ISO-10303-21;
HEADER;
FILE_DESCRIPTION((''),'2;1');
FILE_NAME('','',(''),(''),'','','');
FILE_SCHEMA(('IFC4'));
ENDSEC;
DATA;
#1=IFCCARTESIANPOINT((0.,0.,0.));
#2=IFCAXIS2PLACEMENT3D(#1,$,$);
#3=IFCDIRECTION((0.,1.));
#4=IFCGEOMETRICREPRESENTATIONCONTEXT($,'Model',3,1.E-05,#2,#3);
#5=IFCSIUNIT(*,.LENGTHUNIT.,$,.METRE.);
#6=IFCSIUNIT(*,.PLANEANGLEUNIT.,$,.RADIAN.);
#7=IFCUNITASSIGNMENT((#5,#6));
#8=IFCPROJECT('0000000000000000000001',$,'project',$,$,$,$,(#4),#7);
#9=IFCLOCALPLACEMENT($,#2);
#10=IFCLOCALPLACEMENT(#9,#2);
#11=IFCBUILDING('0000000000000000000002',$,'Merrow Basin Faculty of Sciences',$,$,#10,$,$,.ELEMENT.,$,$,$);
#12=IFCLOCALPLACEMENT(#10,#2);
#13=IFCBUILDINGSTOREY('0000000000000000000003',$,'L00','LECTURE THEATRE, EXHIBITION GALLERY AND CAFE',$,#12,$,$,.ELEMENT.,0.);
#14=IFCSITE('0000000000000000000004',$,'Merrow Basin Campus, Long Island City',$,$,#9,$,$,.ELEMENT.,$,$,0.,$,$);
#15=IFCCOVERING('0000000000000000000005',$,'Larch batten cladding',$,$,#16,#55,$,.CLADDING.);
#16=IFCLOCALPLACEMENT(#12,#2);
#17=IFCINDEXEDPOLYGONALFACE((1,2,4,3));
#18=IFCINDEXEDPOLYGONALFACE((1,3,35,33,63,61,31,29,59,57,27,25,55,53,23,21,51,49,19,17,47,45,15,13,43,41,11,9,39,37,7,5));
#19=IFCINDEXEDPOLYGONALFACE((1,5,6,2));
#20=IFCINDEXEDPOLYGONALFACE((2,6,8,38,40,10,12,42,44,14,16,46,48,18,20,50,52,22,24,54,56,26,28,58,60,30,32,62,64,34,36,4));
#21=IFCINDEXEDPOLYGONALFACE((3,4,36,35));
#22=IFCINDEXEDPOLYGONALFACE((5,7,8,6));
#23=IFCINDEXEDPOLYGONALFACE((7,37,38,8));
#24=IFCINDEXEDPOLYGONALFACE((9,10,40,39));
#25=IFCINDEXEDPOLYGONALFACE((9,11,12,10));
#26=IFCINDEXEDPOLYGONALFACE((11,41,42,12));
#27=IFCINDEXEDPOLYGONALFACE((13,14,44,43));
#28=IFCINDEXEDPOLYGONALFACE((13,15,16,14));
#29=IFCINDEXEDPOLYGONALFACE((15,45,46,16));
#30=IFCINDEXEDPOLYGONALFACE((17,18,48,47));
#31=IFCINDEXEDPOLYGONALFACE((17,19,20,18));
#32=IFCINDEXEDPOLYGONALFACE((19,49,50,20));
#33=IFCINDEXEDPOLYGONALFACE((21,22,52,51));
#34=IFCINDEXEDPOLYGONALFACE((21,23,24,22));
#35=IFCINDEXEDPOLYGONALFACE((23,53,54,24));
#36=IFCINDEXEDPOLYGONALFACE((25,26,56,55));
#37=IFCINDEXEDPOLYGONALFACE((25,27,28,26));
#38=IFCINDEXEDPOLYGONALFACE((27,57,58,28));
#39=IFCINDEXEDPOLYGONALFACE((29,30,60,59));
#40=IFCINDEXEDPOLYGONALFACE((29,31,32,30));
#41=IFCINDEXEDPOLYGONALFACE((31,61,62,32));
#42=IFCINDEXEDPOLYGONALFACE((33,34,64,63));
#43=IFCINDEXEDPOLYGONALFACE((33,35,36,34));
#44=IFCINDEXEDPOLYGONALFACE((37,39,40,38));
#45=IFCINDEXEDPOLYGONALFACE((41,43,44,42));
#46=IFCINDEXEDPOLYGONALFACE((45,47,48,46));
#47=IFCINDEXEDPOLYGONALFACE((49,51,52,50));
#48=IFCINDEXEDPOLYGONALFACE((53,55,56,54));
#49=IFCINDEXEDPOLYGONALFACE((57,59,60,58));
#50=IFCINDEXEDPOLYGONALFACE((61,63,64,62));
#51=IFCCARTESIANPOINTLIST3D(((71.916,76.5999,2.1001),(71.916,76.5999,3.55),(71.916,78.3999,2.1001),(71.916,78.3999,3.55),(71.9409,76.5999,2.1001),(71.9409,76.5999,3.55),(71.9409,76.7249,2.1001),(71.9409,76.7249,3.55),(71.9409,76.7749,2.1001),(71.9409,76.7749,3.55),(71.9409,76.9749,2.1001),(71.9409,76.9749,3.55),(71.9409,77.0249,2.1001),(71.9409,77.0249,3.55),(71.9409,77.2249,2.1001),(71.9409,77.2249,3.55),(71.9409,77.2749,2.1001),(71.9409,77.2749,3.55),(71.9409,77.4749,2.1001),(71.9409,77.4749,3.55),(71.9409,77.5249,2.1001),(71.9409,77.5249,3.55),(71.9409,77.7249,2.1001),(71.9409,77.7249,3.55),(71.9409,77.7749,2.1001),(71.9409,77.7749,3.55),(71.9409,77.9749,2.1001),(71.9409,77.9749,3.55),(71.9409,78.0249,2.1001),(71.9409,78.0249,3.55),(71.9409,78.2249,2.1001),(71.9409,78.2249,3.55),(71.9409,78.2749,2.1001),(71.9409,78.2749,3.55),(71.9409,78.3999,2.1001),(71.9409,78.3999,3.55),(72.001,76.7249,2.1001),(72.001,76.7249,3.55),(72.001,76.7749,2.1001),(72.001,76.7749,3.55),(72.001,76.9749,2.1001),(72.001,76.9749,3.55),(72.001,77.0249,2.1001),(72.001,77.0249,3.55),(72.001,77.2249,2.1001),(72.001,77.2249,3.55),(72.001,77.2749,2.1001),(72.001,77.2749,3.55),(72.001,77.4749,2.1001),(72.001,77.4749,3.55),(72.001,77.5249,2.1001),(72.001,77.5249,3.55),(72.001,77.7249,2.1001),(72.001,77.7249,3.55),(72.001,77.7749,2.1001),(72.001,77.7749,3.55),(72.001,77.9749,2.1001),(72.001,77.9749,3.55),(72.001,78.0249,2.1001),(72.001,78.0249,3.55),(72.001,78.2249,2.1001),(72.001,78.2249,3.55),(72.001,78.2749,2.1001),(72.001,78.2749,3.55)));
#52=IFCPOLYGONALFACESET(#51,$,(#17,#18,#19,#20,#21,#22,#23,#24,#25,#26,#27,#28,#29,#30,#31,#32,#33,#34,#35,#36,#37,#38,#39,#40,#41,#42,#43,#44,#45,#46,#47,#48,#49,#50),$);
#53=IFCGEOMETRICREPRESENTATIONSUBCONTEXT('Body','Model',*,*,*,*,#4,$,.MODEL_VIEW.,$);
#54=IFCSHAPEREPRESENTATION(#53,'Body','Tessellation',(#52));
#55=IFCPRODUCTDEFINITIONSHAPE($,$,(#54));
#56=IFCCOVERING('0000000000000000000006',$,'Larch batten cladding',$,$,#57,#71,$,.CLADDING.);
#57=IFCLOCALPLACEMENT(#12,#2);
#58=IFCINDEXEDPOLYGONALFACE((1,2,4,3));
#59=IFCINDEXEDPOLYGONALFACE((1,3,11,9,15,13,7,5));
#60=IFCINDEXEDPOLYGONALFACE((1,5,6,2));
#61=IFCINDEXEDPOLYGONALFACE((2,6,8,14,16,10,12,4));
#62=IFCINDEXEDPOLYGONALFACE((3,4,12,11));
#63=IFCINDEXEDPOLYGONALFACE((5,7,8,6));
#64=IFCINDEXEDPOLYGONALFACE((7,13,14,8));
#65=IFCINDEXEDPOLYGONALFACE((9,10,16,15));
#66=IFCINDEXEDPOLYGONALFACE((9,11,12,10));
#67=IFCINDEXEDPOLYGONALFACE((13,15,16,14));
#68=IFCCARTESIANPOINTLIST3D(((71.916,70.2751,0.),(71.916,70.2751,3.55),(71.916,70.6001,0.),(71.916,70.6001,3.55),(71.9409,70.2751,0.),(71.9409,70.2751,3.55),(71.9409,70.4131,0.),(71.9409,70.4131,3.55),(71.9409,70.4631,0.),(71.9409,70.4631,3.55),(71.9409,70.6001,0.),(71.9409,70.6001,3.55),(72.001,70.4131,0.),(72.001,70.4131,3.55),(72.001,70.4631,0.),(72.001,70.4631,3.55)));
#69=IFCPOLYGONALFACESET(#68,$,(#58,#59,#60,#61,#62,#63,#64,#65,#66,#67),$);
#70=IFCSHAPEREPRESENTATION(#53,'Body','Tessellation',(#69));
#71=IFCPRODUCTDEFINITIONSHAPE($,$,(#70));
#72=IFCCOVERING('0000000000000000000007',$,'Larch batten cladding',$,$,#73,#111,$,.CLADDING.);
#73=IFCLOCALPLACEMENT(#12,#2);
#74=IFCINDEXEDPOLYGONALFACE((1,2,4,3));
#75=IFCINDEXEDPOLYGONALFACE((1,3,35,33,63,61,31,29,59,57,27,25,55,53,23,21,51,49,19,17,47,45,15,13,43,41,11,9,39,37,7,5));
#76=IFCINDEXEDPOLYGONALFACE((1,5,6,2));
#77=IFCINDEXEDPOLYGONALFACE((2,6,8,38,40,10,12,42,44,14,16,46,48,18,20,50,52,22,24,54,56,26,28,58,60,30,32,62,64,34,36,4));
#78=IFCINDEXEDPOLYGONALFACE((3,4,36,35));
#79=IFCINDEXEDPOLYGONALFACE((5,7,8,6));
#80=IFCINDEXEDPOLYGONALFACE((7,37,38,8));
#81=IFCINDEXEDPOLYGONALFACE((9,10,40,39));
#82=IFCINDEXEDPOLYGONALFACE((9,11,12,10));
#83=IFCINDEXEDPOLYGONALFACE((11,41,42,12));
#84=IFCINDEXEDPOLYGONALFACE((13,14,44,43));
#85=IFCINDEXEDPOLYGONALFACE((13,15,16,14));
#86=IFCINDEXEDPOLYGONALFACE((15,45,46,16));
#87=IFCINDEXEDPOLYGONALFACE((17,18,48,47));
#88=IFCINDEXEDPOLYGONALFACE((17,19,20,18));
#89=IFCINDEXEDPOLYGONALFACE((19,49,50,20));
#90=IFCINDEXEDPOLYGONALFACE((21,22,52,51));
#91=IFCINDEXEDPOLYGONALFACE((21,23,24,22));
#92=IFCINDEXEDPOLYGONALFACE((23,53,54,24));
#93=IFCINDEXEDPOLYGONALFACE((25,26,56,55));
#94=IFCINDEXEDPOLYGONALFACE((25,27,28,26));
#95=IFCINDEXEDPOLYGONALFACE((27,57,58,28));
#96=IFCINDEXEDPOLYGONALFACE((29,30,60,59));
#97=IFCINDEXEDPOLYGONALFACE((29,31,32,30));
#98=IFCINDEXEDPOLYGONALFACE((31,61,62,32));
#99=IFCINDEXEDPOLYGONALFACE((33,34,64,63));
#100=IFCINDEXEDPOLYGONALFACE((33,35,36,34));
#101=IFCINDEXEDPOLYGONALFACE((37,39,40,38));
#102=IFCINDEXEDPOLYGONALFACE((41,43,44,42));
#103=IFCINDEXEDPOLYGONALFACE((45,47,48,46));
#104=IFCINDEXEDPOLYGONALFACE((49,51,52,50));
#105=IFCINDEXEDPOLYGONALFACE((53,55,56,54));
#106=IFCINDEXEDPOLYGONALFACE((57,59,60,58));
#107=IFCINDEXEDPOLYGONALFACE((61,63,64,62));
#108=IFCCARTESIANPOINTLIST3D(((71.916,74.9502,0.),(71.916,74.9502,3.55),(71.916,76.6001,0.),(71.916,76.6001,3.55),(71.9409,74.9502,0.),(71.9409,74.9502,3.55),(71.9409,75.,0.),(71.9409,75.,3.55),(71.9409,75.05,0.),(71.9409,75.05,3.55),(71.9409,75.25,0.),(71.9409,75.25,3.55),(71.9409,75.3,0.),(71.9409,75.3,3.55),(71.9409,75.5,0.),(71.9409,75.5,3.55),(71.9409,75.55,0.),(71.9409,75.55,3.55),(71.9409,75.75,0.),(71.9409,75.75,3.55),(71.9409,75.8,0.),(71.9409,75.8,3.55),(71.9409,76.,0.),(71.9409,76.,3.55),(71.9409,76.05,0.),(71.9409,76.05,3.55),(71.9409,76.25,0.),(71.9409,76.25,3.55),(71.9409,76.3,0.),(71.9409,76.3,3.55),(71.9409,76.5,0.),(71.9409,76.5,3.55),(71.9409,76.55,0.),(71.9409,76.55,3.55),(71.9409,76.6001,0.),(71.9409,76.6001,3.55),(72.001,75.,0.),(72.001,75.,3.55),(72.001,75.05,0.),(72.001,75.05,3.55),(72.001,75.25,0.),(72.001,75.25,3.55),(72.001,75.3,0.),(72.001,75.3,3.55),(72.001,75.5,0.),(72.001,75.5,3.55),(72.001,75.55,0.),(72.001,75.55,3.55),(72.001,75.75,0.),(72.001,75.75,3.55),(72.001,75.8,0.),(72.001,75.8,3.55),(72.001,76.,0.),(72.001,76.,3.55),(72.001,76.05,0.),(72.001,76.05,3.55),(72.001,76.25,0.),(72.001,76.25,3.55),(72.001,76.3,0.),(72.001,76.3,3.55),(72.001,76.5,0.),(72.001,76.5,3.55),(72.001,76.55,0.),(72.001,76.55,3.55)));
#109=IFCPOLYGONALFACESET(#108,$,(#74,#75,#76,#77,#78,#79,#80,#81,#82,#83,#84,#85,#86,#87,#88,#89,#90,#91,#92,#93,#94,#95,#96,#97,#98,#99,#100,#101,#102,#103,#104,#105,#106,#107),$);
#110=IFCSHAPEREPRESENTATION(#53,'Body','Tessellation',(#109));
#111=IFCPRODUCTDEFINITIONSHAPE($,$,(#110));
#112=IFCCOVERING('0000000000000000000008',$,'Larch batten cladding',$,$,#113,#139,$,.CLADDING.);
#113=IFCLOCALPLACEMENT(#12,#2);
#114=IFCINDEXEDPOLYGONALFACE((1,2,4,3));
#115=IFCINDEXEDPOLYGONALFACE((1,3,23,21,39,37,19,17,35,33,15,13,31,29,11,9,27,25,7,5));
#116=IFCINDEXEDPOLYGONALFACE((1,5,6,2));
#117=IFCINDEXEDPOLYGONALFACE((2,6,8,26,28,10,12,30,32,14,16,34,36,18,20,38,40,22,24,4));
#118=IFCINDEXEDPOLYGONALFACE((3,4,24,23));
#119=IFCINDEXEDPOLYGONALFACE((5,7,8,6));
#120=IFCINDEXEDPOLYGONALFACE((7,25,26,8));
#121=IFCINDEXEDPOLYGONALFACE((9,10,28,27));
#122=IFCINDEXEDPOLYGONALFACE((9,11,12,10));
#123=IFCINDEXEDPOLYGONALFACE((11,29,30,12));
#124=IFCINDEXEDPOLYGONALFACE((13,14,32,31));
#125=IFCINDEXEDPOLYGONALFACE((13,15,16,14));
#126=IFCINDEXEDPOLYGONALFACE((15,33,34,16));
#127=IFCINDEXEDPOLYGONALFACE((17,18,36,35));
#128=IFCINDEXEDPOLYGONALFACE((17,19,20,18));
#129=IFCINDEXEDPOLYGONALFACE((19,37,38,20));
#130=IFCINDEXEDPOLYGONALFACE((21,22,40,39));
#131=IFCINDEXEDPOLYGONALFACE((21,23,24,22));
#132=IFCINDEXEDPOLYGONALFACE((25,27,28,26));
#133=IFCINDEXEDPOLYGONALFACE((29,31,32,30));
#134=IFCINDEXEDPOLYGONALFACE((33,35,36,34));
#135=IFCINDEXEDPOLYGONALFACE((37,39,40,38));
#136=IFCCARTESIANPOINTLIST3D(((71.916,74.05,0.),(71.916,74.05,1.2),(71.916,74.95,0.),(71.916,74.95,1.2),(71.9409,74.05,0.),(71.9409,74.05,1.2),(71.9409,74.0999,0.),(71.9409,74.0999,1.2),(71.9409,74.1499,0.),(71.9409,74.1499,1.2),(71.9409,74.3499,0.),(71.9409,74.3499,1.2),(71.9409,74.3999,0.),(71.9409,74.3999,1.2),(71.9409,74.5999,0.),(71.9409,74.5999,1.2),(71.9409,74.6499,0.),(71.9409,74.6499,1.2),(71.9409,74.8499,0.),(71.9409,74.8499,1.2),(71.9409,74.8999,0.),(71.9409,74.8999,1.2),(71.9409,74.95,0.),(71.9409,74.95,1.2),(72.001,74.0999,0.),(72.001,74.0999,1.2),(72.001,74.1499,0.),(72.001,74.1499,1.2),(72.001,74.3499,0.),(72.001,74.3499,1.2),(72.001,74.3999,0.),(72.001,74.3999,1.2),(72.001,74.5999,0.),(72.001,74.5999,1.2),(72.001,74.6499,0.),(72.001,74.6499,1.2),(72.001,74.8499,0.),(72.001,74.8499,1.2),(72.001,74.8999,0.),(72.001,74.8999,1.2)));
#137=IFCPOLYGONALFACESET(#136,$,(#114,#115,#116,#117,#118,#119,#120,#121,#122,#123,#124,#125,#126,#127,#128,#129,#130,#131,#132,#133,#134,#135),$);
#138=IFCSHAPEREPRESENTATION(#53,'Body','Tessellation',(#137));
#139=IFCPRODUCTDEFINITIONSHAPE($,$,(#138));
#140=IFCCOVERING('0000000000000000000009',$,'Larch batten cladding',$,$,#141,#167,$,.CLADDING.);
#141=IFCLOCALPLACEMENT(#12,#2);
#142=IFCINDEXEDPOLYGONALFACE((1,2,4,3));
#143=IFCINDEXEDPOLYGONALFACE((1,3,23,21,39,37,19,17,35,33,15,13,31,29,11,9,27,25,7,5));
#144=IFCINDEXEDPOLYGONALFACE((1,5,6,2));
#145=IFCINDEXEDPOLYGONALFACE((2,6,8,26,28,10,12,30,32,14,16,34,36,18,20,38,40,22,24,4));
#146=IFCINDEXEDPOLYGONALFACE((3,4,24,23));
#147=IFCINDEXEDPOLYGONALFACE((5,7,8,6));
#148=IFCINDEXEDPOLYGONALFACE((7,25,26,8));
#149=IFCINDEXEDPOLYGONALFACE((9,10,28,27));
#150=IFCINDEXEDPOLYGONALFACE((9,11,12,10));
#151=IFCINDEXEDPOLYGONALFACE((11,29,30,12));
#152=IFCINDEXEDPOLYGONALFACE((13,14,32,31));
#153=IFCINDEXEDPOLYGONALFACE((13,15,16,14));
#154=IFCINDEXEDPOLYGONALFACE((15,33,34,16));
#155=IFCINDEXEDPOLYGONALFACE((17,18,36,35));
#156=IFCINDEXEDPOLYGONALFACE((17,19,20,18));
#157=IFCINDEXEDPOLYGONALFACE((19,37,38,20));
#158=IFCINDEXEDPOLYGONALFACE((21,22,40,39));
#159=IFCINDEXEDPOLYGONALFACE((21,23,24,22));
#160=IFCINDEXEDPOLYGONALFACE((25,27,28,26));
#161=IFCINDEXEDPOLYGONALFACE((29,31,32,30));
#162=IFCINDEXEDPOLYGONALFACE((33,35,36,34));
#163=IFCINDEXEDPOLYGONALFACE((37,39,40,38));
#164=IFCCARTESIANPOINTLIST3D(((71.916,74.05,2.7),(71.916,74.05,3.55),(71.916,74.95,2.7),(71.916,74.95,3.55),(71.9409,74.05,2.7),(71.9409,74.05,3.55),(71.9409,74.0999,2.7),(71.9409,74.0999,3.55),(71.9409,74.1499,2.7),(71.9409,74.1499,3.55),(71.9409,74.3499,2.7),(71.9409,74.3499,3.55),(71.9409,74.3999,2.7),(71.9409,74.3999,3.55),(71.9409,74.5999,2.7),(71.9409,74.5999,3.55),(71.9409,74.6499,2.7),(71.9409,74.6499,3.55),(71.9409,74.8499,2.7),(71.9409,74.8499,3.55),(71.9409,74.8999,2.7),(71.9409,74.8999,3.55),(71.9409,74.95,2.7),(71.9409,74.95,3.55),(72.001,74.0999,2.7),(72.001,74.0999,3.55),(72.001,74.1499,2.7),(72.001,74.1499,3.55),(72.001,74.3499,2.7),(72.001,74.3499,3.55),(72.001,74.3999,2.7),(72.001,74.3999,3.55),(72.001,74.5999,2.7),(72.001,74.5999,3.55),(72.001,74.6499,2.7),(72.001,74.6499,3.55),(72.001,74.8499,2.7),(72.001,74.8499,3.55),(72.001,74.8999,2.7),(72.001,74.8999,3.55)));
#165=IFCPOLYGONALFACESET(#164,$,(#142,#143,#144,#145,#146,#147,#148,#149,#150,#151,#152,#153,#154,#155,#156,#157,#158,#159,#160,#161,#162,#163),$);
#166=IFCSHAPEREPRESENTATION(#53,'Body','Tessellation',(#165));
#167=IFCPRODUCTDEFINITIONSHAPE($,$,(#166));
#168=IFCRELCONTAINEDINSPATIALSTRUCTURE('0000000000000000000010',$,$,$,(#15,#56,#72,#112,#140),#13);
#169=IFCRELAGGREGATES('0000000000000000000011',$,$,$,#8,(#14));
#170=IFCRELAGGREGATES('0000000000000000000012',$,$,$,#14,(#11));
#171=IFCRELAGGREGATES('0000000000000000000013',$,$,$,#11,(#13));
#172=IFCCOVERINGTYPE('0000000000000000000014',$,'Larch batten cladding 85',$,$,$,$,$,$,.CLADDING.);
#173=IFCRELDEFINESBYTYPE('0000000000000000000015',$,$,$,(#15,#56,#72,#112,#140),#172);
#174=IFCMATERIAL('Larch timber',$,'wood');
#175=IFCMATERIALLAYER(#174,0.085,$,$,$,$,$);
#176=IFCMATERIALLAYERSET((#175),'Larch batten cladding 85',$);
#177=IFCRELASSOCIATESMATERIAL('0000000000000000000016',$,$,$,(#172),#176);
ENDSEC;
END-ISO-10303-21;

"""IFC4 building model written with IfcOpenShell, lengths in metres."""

from ifc_helpers import new_model, si_unit, direction, frame, origin, place, context, subcontext, project, spatial, polyline, outline, extrude, source, transform, mapped, material, layer, layer_set, type_object, element, save


model = new_model("IFC4")

# Units and contexts
model_context = context("Model", 3, precision=1e-05, world=origin(), true_north=direction((0.0, 1.0)))
body_context = subcontext(model_context, "Body", "Model", "MODEL_VIEW")
ifc_project = project(units=[si_unit("LENGTHUNIT", "METRE"), si_unit("PLANEANGLEUNIT", "RADIAN")], contexts=[model_context])

# Site, building, storey
site_placement = place(None, origin())
site = spatial("IfcSite", under=ifc_project, at=site_placement, Name="Merrow Basin Campus, Long Island City", CompositionType="ELEMENT", RefElevation=0.0)
building_placement = place(site_placement, origin())
building = spatial("IfcBuilding", under=site, at=building_placement, Name="Merrow Basin Faculty of Sciences", CompositionType="ELEMENT")
storey_placement = place(building_placement, origin())
storey = spatial("IfcBuildingStorey", under=building, at=storey_placement, Name="L00", Description="LECTURE THEATRE, EXHIBITION GALLERY AND CAFE", CompositionType="ELEMENT", Elevation=0.0)

# Coverings
ifc_material_1 = material(Name="Larch timber", Category="wood")
ifc_layer_1 = layer(ifc_material_1, 0.085)
ifc_layer_set_1 = layer_set([ifc_layer_1], Name="Larch batten cladding 85")
covering_type = type_object("IfcCoveringType", Name="Larch batten cladding 85", PredefinedType="CLADDING", material=ifc_layer_set_1)
shared_shape_1 = source(origin(), body_context, "Body", "SweptSolid", [
    extrude(outline(polyline([(0.0, 0.0), (1.8, 0.0), (1.8, 0.0249), (1.675, 0.0249), (1.675, 0.085), (1.625, 0.085), (1.625, 0.0249), (1.425, 0.0249), (1.425, 0.085), (1.375, 0.085), (1.375, 0.0249), (1.175, 0.0249), (1.175, 0.085), (1.125, 0.085), (1.125, 0.0249), (0.925, 0.0249), (0.925, 0.085), (0.875, 0.085), (0.875, 0.0249), (0.675, 0.0249), (0.675, 0.085), (0.625, 0.085), (0.625, 0.0249), (0.425, 0.0249), (0.425, 0.085), (0.375, 0.085), (0.375, 0.0249), (0.175, 0.0249), (0.175, 0.085), (0.125, 0.085), (0.125, 0.0249), (0.0, 0.0249), (0.0, 0.0)])), origin(), (0.0, 0.0, 1.0), 1.45),
])
for number, where, z_axis, x_axis, name in (
    (1, (71.916, 78.3999, 2.1001), (0.0, 0.0, 1.0), (0.0, -1.0, 0.0), "Larch batten cladding"),
):
    element("IfcCovering", number, at=place(storey_placement, frame(where, z_axis=z_axis, x_axis=x_axis)), inside=storey, type_object=covering_type, Name=name, PredefinedType="CLADDING", context=body_context, shape_type="MappedRepresentation", body=[
        mapped(shared_shape_1, transform((0.0, 0.0, 0.0), scale=1.0)),
    ])
shared_shape_2 = source(origin(), body_context, "Body", "SweptSolid", [
    extrude(outline(polyline([(0.0, 0.0), (0.325, 0.0), (0.325, 0.0249), (0.187, 0.0249), (0.187, 0.085), (0.137, 0.085), (0.137, 0.0249), (0.0, 0.0249), (0.0, 0.0)])), origin(), (0.0, 0.0, 1.0), 3.55),
])
covering_1_placement = place(storey_placement, frame((71.916, 70.6001, 0.0), z_axis=(0.0, 0.0, 1.0), x_axis=(0.0, -1.0, 0.0)))
element("IfcCovering", 2, at=covering_1_placement, inside=storey, type_object=covering_type, Name="Larch batten cladding", PredefinedType="CLADDING", context=body_context, shape_type="MappedRepresentation", body=[
    mapped(shared_shape_2, transform((0.0, 0.0, 0.0), scale=1.0)),
])
shared_shape_3 = source(origin(), body_context, "Body", "SweptSolid", [
    extrude(outline(polyline([(0.0, 0.0), (1.6499, 0.0), (1.6499, 0.0249), (1.6001, 0.0249), (1.6001, 0.085), (1.55, 0.085), (1.55, 0.0249), (1.3501, 0.0249), (1.3501, 0.085), (1.3, 0.085), (1.3, 0.0249), (1.1001, 0.0249), (1.1001, 0.085), (1.05, 0.085), (1.05, 0.0249), (0.8501, 0.0249), (0.8501, 0.085), (0.8, 0.085), (0.8, 0.0249), (0.6001, 0.0249), (0.6001, 0.085), (0.55, 0.085), (0.55, 0.0249), (0.3501, 0.0249), (0.3501, 0.085), (0.3, 0.085), (0.3, 0.0249), (0.1001, 0.0249), (0.1001, 0.085), (0.05, 0.085), (0.05, 0.0249), (0.0, 0.0249), (0.0, 0.0)])), origin(), (0.0, 0.0, 1.0), 3.55),
])
covering_2_placement = place(storey_placement, frame((71.916, 76.6001, 0.0), z_axis=(0.0, 0.0, 1.0), x_axis=(0.0, -1.0, 0.0)))
element("IfcCovering", 3, at=covering_2_placement, inside=storey, type_object=covering_type, Name="Larch batten cladding", PredefinedType="CLADDING", context=body_context, shape_type="MappedRepresentation", body=[
    mapped(shared_shape_3, transform((0.0, 0.0, 0.0), scale=1.0)),
])
shared_shape_4 = source(origin(), body_context, "Body", "SweptSolid", [
    extrude(outline(polyline([(0.0, 0.0), (0.8999, 0.0), (0.8999, 0.0249), (0.8501, 0.0249), (0.8501, 0.085), (0.8, 0.085), (0.8, 0.0249), (0.6001, 0.0249), (0.6001, 0.085), (0.55, 0.085), (0.55, 0.0249), (0.3501, 0.0249), (0.3501, 0.085), (0.3, 0.085), (0.3, 0.0249), (0.1001, 0.0249), (0.1001, 0.085), (0.05, 0.085), (0.05, 0.0249), (0.0, 0.0249), (0.0, 0.0)])), origin(), (0.0, 0.0, 1.0), 1.2),
])
covering_3_placement = place(storey_placement, frame((71.916, 74.95, 0.0), z_axis=(0.0, 0.0, 1.0), x_axis=(0.0, -1.0, 0.0)))
element("IfcCovering", 4, at=covering_3_placement, inside=storey, type_object=covering_type, Name="Larch batten cladding", PredefinedType="CLADDING", context=body_context, shape_type="MappedRepresentation", body=[
    mapped(shared_shape_4, transform((0.0, 0.0, 0.0), scale=1.0)),
])
shared_shape_5 = source(origin(), body_context, "Body", "SweptSolid", [
    extrude(outline(polyline([(0.0, 0.0), (0.8999, 0.0), (0.8999, 0.0249), (0.8501, 0.0249), (0.8501, 0.085), (0.8, 0.085), (0.8, 0.0249), (0.6001, 0.0249), (0.6001, 0.085), (0.55, 0.085), (0.55, 0.0249), (0.3501, 0.0249), (0.3501, 0.085), (0.3, 0.085), (0.3, 0.0249), (0.1001, 0.0249), (0.1001, 0.085), (0.05, 0.085), (0.05, 0.0249), (0.0, 0.0249), (0.0, 0.0)])), origin(), (0.0, 0.0, 1.0), 0.8501),
])
covering_4_placement = place(storey_placement, frame((71.916, 74.95, 2.7), z_axis=(0.0, 0.0, 1.0), x_axis=(0.0, -1.0, 0.0)))
element("IfcCovering", 5, at=covering_4_placement, inside=storey, type_object=covering_type, Name="Larch batten cladding", PredefinedType="CLADDING", context=body_context, shape_type="MappedRepresentation", body=[
    mapped(shared_shape_5, transform((0.0, 0.0, 0.0), scale=1.0)),
])

save(model, "model.ifc")
